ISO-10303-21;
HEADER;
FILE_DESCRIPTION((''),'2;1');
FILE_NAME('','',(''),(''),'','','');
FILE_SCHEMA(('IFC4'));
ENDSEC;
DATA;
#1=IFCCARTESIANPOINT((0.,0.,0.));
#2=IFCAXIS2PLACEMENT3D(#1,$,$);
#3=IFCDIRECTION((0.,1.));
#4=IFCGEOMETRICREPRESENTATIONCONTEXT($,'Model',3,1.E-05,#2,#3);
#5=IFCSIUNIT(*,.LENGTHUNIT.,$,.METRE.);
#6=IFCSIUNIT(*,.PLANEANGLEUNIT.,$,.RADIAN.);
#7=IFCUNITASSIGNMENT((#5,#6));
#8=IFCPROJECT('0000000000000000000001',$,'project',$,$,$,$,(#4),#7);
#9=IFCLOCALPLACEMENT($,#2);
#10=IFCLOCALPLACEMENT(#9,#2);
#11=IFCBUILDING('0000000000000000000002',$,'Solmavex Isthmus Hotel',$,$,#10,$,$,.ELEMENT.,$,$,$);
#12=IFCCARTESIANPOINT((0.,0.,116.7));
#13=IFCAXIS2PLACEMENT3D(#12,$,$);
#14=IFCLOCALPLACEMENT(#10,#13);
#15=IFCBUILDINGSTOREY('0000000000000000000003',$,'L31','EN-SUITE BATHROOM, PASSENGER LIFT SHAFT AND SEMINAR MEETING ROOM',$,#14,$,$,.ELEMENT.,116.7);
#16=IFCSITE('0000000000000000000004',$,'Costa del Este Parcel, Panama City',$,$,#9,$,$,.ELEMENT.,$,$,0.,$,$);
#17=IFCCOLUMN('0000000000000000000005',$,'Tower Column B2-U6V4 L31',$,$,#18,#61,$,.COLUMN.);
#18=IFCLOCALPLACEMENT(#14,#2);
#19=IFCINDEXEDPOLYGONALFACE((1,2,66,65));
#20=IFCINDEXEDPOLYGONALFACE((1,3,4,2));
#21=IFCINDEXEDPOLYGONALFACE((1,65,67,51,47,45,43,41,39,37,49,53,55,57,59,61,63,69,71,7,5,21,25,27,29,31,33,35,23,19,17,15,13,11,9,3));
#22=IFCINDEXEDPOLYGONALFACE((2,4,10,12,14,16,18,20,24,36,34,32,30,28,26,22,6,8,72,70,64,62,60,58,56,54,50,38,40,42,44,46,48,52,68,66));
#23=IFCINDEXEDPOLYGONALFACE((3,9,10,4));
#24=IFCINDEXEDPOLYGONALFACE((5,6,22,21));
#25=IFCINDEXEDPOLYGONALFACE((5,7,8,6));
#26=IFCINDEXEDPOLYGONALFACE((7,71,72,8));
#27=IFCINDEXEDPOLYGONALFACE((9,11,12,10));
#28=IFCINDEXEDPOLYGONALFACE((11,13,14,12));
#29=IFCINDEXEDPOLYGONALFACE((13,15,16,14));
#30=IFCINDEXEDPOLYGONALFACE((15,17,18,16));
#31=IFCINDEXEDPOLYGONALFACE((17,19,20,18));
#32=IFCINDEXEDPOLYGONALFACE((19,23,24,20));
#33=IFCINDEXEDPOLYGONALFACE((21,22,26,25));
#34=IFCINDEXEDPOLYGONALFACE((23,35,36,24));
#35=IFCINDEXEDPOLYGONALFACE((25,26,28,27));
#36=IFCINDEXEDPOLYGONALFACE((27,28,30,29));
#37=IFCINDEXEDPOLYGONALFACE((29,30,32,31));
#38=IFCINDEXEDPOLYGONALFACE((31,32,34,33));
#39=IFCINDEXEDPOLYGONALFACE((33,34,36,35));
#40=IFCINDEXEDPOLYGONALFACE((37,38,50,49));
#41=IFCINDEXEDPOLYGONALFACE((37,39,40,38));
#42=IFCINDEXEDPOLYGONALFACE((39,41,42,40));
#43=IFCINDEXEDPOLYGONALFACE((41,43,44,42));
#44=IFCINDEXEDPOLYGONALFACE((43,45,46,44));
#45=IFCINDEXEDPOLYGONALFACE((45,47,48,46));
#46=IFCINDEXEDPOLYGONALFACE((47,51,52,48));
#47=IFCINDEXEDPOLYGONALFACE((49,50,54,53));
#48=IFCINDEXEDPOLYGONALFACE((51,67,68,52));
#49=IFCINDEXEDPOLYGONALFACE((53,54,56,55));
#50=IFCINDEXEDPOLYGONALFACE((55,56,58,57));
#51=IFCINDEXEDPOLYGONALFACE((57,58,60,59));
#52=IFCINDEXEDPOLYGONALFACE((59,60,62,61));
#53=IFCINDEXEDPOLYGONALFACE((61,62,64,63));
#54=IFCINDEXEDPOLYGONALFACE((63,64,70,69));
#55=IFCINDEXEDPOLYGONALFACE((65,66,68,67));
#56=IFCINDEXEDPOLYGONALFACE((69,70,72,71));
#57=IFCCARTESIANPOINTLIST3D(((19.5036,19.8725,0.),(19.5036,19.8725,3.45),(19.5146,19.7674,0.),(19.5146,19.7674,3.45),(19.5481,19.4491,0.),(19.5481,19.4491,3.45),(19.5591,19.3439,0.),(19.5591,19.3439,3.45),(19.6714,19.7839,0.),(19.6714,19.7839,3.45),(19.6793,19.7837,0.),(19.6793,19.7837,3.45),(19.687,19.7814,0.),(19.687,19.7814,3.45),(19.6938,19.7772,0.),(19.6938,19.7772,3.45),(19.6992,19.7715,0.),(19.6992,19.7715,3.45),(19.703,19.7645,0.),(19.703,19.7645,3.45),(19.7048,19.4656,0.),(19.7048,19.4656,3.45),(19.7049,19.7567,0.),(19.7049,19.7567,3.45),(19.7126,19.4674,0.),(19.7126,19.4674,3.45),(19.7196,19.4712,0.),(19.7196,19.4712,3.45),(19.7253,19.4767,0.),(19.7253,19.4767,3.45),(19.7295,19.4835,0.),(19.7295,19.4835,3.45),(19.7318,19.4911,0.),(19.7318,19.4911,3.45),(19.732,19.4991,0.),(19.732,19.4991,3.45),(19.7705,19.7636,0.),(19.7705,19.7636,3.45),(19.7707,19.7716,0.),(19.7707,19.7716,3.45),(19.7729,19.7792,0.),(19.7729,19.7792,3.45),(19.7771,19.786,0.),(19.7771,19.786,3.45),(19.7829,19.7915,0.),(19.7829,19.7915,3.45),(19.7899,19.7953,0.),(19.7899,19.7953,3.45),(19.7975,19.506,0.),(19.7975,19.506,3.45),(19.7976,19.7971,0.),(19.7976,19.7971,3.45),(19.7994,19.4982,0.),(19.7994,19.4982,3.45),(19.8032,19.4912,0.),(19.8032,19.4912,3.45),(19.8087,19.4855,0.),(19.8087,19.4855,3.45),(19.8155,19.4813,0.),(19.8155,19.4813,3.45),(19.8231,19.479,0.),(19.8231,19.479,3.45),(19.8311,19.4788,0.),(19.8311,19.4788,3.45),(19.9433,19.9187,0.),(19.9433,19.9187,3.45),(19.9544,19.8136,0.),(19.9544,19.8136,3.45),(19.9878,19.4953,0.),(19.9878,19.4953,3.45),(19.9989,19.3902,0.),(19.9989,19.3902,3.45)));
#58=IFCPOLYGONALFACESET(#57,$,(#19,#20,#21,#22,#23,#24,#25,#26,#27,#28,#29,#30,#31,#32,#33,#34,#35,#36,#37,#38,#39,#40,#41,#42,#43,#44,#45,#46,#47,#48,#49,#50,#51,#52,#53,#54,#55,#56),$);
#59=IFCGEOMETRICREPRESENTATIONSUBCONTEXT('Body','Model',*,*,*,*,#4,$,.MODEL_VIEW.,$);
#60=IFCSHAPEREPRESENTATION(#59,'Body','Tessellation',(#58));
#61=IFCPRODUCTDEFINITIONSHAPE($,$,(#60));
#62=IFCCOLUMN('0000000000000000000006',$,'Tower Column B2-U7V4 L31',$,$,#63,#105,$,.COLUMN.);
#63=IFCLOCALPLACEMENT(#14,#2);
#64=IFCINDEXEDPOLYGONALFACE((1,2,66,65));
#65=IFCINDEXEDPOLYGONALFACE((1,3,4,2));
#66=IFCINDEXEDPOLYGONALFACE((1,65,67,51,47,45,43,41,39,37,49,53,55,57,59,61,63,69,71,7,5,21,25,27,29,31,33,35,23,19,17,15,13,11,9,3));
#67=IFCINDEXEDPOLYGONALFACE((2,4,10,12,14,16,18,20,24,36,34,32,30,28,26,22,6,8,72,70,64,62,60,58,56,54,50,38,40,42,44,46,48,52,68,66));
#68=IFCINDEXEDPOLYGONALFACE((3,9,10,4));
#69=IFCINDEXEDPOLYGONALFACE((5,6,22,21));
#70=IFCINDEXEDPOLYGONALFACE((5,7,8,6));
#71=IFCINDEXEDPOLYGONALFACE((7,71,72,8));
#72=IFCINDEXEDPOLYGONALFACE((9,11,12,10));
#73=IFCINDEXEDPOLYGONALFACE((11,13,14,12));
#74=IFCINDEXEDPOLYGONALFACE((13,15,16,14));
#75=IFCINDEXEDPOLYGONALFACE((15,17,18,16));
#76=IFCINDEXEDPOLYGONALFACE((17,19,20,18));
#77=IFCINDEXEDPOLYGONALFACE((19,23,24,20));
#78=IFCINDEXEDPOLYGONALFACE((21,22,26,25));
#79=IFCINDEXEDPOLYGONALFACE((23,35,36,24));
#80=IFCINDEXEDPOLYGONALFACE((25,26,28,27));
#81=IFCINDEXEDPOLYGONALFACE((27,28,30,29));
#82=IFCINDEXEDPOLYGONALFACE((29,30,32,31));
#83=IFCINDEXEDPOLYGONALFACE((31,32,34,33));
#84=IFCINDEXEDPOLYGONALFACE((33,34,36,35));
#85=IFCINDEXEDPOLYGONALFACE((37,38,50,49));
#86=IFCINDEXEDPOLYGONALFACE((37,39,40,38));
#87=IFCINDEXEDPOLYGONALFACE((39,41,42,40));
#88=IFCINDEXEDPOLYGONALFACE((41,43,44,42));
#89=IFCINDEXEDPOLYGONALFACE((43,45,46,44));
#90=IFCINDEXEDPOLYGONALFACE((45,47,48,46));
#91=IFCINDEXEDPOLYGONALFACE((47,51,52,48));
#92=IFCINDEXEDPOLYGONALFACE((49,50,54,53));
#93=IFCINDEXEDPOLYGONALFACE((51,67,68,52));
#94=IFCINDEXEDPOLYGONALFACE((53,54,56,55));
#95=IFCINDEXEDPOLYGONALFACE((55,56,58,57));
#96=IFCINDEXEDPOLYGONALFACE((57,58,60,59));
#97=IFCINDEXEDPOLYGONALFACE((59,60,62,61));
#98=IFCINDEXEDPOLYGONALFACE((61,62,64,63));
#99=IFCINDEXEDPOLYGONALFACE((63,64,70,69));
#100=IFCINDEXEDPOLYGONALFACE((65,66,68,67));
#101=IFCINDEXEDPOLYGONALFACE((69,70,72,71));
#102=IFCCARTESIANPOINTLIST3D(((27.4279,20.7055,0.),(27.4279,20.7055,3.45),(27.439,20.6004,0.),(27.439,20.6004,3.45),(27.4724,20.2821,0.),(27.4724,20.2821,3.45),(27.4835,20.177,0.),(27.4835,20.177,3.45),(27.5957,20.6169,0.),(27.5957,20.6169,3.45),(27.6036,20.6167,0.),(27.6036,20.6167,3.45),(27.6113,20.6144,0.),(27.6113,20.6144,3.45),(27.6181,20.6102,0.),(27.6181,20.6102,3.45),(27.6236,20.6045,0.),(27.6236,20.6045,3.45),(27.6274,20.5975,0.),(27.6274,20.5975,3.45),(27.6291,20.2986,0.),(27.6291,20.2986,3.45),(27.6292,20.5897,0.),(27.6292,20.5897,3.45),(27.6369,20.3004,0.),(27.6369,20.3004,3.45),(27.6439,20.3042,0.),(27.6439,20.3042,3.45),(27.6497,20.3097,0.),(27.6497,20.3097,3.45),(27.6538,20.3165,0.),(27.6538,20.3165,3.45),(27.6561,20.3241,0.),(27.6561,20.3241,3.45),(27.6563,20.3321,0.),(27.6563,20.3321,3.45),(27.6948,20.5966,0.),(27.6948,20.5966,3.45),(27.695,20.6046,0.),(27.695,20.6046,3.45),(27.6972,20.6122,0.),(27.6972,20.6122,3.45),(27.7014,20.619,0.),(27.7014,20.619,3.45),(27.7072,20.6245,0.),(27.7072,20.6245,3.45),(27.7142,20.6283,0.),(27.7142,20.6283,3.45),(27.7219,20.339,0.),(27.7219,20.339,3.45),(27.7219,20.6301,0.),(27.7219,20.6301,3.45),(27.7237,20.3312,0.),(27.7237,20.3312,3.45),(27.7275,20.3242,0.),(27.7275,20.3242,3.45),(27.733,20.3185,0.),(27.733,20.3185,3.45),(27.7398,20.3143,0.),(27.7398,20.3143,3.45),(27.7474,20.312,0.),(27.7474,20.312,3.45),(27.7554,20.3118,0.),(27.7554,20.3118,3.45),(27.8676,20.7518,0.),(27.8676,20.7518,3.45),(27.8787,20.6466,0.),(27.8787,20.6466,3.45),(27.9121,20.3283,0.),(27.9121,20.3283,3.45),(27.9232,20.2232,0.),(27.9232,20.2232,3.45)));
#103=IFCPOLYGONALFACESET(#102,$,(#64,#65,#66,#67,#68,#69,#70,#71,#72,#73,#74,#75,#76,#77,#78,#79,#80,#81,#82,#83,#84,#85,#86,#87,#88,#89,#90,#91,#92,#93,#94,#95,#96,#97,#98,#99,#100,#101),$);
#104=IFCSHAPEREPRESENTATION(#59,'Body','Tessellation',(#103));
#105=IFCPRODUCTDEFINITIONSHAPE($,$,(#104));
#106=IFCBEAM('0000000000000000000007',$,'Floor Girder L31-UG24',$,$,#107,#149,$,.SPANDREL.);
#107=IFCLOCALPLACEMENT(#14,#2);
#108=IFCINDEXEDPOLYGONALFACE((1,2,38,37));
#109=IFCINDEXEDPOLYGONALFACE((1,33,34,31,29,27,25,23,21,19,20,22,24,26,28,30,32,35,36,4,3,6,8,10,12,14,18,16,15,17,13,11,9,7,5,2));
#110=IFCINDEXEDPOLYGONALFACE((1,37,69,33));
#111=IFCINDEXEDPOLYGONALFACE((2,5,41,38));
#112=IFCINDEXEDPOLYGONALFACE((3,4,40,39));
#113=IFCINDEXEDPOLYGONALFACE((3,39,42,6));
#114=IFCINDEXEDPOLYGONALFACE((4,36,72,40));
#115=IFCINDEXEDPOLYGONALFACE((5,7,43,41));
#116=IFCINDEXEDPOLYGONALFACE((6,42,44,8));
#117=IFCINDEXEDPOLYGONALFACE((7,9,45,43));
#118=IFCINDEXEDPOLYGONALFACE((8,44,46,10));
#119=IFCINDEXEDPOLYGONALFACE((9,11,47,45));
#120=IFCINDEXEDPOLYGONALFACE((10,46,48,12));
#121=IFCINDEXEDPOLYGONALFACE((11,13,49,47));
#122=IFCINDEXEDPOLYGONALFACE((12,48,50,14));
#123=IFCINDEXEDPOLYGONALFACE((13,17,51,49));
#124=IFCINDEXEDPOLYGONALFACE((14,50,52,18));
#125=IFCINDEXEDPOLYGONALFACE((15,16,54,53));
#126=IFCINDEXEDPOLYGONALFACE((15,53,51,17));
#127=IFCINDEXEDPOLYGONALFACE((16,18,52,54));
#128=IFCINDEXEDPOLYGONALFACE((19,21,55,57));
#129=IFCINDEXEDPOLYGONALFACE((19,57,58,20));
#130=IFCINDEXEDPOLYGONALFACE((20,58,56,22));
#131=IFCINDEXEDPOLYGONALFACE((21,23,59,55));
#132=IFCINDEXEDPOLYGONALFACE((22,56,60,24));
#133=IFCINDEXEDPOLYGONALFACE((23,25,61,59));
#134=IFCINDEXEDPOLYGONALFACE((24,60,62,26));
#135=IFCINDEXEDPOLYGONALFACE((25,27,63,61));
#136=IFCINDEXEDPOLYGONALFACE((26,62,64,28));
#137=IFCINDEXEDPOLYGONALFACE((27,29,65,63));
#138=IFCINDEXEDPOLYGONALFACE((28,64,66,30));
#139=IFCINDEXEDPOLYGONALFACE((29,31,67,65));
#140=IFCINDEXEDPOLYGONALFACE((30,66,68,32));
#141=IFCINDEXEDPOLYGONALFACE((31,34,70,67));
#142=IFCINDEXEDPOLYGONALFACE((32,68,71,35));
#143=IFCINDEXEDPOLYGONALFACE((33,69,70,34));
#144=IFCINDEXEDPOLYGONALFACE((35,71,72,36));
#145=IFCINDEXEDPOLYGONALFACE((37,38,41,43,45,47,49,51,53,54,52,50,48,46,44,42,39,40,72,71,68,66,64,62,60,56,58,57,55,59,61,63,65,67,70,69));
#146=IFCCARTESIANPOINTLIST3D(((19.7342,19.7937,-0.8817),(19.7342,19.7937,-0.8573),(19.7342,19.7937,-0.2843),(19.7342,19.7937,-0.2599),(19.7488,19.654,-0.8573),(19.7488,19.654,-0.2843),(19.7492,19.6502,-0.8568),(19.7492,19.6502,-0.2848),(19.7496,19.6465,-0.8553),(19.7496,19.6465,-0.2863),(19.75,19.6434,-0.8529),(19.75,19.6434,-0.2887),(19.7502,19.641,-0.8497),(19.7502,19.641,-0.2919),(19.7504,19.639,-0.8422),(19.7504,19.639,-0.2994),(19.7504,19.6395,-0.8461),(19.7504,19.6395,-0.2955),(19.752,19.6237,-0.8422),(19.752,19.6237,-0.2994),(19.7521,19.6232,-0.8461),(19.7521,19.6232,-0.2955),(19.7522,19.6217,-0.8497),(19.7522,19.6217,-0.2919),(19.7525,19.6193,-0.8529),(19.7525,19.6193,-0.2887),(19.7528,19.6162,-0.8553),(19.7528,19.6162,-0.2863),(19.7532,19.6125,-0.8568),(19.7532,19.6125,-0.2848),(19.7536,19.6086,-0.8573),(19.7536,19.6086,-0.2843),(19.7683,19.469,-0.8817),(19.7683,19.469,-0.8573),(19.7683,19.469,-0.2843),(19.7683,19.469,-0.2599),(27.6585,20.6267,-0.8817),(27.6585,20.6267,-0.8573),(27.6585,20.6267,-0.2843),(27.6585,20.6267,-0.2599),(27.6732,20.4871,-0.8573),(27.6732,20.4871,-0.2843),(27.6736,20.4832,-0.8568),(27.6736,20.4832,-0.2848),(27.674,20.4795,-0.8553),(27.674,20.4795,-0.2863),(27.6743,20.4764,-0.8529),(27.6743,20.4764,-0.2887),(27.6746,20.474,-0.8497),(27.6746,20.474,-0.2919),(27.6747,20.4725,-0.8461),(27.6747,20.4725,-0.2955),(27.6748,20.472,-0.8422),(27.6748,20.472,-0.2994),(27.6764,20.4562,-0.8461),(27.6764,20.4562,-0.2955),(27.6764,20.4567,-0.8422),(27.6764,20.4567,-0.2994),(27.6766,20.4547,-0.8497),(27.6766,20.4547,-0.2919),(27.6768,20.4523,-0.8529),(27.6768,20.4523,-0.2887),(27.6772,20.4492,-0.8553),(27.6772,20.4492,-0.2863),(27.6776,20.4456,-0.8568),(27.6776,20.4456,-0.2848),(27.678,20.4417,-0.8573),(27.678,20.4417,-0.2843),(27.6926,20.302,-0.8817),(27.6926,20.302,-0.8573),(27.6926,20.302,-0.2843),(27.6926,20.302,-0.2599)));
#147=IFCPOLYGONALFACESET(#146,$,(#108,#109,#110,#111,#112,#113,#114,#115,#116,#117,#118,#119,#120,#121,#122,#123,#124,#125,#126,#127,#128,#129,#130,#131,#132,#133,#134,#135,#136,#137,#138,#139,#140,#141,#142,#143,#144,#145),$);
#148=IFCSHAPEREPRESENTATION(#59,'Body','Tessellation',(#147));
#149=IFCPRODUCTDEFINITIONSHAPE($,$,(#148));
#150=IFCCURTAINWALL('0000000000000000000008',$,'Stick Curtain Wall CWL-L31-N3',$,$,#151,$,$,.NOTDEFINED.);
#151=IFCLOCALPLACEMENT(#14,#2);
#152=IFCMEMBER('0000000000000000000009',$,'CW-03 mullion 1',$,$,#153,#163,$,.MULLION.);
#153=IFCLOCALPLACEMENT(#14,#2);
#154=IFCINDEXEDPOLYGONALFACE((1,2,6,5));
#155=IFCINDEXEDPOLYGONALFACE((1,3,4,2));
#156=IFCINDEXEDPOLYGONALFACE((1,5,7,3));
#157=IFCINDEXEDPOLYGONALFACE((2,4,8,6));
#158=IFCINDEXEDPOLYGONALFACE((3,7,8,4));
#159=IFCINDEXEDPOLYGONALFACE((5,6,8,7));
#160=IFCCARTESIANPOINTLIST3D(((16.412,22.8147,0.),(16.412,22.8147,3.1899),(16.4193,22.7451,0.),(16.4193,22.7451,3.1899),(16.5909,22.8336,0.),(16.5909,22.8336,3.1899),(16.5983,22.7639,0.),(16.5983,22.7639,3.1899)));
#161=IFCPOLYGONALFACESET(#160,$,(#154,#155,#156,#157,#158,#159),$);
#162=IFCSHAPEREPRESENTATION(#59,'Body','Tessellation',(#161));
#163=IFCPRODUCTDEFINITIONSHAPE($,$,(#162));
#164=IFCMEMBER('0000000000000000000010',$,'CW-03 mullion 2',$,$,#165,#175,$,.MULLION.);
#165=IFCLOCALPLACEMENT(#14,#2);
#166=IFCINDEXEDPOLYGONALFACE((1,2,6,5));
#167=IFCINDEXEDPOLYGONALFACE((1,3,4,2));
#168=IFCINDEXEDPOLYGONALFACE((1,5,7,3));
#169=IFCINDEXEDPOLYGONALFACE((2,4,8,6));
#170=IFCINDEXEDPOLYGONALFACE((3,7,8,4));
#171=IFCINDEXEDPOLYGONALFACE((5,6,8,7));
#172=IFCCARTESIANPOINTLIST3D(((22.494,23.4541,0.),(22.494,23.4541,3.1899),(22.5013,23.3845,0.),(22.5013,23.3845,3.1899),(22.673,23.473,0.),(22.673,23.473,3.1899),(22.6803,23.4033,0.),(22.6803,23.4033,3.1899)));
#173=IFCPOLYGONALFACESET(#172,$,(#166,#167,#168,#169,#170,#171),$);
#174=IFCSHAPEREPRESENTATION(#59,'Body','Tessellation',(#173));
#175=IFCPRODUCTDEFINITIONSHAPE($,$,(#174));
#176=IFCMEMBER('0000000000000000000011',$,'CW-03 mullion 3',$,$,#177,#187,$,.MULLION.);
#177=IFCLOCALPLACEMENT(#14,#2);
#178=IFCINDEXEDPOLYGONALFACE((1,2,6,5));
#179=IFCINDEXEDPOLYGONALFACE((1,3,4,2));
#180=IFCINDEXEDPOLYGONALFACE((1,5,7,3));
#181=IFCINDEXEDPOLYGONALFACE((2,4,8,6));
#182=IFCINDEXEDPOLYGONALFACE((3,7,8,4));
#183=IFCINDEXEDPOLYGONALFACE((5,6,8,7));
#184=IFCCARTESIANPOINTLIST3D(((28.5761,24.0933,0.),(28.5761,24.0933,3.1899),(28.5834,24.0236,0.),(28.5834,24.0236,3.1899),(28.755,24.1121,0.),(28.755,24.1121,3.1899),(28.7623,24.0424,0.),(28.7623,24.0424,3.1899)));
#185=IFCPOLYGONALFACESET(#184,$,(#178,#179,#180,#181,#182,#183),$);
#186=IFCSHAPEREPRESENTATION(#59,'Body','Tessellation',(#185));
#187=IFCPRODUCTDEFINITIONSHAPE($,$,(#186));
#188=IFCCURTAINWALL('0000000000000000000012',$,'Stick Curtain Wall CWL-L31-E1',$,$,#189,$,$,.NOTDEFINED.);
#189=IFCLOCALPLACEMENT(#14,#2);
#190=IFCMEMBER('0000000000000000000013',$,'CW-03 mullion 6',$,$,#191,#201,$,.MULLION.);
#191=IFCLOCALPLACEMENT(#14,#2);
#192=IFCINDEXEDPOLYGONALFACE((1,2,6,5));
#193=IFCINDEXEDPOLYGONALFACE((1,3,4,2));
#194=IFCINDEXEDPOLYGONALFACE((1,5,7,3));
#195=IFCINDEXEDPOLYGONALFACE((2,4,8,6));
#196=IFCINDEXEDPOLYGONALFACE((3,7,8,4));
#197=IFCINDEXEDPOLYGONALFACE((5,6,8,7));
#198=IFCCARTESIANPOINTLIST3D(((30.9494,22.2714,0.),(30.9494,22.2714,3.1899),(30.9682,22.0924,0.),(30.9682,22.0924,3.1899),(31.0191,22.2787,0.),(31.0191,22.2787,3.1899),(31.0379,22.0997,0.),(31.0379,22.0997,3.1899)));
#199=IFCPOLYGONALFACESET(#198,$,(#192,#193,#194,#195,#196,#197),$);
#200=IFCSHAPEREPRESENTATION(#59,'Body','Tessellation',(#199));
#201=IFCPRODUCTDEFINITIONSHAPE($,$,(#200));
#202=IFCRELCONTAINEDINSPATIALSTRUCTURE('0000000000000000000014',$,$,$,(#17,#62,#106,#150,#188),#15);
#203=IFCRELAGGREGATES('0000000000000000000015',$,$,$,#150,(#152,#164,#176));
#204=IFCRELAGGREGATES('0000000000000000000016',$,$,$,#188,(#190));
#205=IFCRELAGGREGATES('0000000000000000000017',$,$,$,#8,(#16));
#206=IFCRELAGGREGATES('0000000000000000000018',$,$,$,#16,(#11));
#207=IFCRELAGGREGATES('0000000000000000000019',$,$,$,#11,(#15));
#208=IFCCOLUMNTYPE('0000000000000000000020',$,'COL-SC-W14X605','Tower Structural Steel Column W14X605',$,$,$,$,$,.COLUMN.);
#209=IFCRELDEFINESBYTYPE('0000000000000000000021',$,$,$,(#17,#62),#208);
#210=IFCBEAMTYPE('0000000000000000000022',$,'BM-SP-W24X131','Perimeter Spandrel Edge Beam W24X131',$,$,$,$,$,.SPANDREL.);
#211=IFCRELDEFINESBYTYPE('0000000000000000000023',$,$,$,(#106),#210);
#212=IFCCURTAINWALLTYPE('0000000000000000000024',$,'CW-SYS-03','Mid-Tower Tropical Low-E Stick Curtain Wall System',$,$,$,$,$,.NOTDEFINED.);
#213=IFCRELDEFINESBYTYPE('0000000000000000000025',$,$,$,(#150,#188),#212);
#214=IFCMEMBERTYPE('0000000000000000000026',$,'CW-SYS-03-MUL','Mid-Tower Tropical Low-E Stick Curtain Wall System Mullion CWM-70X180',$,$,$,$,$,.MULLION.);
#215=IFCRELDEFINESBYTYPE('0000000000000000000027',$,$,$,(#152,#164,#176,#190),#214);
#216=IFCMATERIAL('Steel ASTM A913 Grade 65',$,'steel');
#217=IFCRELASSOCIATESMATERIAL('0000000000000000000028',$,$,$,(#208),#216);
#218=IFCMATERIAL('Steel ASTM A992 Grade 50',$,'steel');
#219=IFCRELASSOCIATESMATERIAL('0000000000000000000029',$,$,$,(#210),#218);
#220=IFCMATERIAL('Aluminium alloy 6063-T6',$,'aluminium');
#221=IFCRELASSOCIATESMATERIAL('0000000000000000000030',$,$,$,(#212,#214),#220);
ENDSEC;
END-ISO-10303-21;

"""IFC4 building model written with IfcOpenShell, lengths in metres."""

from ifc_helpers import new_model, si_unit, direction, frame, origin, origin_2d, place, context, subcontext, project, spatial, rectangle, i_section, extrude, material, material_profile, profile_set, type_object, element, aggregate, save


model = new_model("IFC4")

# Units and contexts
model_context = context("Model", 3, precision=1e-05, world=origin(), true_north=direction((0.0, 1.0)))
body_context = subcontext(model_context, "Body", "Model", "MODEL_VIEW")
ifc_project = project(units=[si_unit("LENGTHUNIT", "METRE"), si_unit("PLANEANGLEUNIT", "RADIAN")], contexts=[model_context])

# Site, building, storey
site_placement = place(None, origin())
site = spatial("IfcSite", under=ifc_project, at=site_placement, Name="Costa del Este Parcel, Panama City", CompositionType="ELEMENT", RefElevation=0.0)
building_placement = place(site_placement, origin())
building = spatial("IfcBuilding", under=site, at=building_placement, Name="Solmavex Isthmus Hotel", CompositionType="ELEMENT")
storey_placement = place(building_placement, frame((0.0, 0.0, 116.7)))
storey = spatial("IfcBuildingStorey", under=building, at=storey_placement, Name="L31", Description="EN-SUITE BATHROOM, PASSENGER LIFT SHAFT AND SEMINAR MEETING ROOM", CompositionType="ELEMENT", Elevation=116.7)

# Columns
ifc_material_1 = material(Name="Steel ASTM A913 Grade 65", Category="steel")
ifc_material_profile_1 = material_profile(ifc_material_1, i_section(OverallWidth=0.4421, OverallDepth=0.5315, WebThickness=0.0659, FlangeThickness=0.1057, FilletRadius=0.0305, at=origin_2d()), Name="W14X605")
ifc_profile_set_1 = profile_set([ifc_material_profile_1], Name="Steel ASTM A913 Grade 65")
column_type = type_object("IfcColumnType", Name="COL-SC-W14X605", Description="Tower Structural Steel Column W14X605", PredefinedType="COLUMN", material=ifc_profile_set_1)
for number, where, z_axis, x_axis, name in (
    (1, (19.7512, 19.6313, 0.0), (0.0, 0.0, 1.0), (0.994522, 0.104528, 0.0), "Tower Column B2-U6V4 L31"),
    (2, (27.6755, 20.4644, 0.0), (0.0, 0.0, 1.0), (0.994522, 0.104528, 0.0), "Tower Column B2-U7V4 L31"),
):
    element("IfcColumn", number, at=place(storey_placement, frame(where, z_axis=z_axis, x_axis=x_axis)), inside=storey, type_object=column_type, Name=name, PredefinedType="COLUMN", context=body_context, shape_type="SweptSolid", body=[
        extrude(i_section(OverallWidth=0.4421, OverallDepth=0.5315, WebThickness=0.0659, FlangeThickness=0.1057, FilletRadius=0.0305, at=origin_2d()), origin(), (0.0, 0.0, 1.0), 3.45),
    ])

# Beam
ifc_material_2 = material(Name="Steel ASTM A992 Grade 50", Category="steel")
ifc_material_profile_2 = material_profile(ifc_material_2, i_section(OverallWidth=0.3264, OverallDepth=0.6218, WebThickness=0.0154, FlangeThickness=0.0244, FilletRadius=0.0151, at=origin_2d()), Name="W24X131")
ifc_profile_set_2 = profile_set([ifc_material_profile_2], Name="Steel ASTM A992 Grade 50")
beam_type = type_object("IfcBeamType", Name="BM-SP-W24X131", Description="Perimeter Spandrel Edge Beam W24X131", PredefinedType="SPANDREL", material=ifc_profile_set_2)
beam_placement = place(storey_placement, frame((19.7512, 19.6313, -0.5708), z_axis=(0.99452, 0.104544, 0.0), x_axis=(-0.104544, 0.99452, 0.0)))
element("IfcBeam", 3, at=beam_placement, inside=storey, type_object=beam_type, Name="Floor Girder L31-UG24", PredefinedType="SPANDREL", context=body_context, shape_type="SweptSolid", body=[
    extrude(i_section(OverallWidth=0.3264, OverallDepth=0.6218, WebThickness=0.0154, FlangeThickness=0.0244, FilletRadius=0.0151, at=origin_2d()), origin(), (0.0, 0.0, 1.0), 7.968),
])

# Curtain wall, members
ifc_material_3 = material(Name="Aluminium alloy 6063-T6", Category="aluminium")
curtain_wall_type = type_object("IfcCurtainWallType", Name="CW-SYS-03", Description="Mid-Tower Tropical Low-E Stick Curtain Wall System", PredefinedType="NOTDEFINED", material=ifc_material_3)
curtain_wall_1_placement = place(storey_placement, origin())
curtain_wall_1 = element("IfcCurtainWall", 4, at=curtain_wall_1_placement, inside=storey, type_object=curtain_wall_type, Name="Stick Curtain Wall CWL-L31-N3", PredefinedType="NOTDEFINED")
ifc_material_profile_3 = material_profile(ifc_material_3, rectangle(XDim=0.0701, YDim=0.1799, at=origin_2d()), Name="CWM-70X180")
ifc_profile_set_3 = profile_set([ifc_material_profile_3], Name="Aluminium alloy 6063-T6")
member_type_1 = type_object("IfcMemberType", Name="CW-SYS-03-MUL", Description="Mid-Tower Tropical Low-E Stick Curtain Wall System Mullion CWM-70X180", PredefinedType="MULLION", material=ifc_profile_set_3)
member_1_placement = place(storey_placement, frame((16.5051, 22.7893, 0.0), z_axis=(0.0, 0.0, 1.0), x_axis=(-0.104528, 0.994522, 0.0)))
member_1 = element("IfcMember", 5, at=member_1_placement, type_object=member_type_1, Name="CW-03 mullion 1", PredefinedType="MULLION", context=body_context, shape_type="SweptSolid", body=[
    extrude(rectangle(XDim=0.0701, YDim=0.1799, at=origin_2d()), origin(), (0.0, 0.0, 1.0), 3.1899),
])
member_2_placement = place(storey_placement, frame((22.5872, 23.4287, 0.0), z_axis=(0.0, 0.0, 1.0), x_axis=(-0.104528, 0.994522, 0.0)))
member_2 = element("IfcMember", 6, at=member_2_placement, type_object=member_type_1, Name="CW-03 mullion 2", PredefinedType="MULLION", context=body_context, shape_type="SweptSolid", body=[
    extrude(rectangle(XDim=0.0701, YDim=0.1799, at=origin_2d()), origin(), (0.0, 0.0, 1.0), 3.1899),
])
member_3_placement = place(storey_placement, frame((28.6692, 24.0679, 0.0), z_axis=(0.0, 0.0, 1.0), x_axis=(-0.104528, 0.994522, 0.0)))
member_3 = element("IfcMember", 7, at=member_3_placement, type_object=member_type_1, Name="CW-03 mullion 3", PredefinedType="MULLION", context=body_context, shape_type="SweptSolid", body=[
    extrude(rectangle(XDim=0.0701, YDim=0.1799, at=origin_2d()), origin(), (0.0, 0.0, 1.0), 3.1899),
])

# Curtain wall, member
curtain_wall_2_placement = place(storey_placement, origin())
curtain_wall_2 = element("IfcCurtainWall", 8, at=curtain_wall_2_placement, inside=storey, type_object=curtain_wall_type, Name="Stick Curtain Wall CWL-L31-E1", PredefinedType="NOTDEFINED")
member_4_placement = place(storey_placement, frame((30.9937, 22.1855, 0.0), z_axis=(0.0, 0.0, 1.0), x_axis=(-0.994522, -0.104528, 0.0)))
member_4 = element("IfcMember", 9, at=member_4_placement, type_object=member_type_1, Name="CW-03 mullion 6", PredefinedType="MULLION", context=body_context, shape_type="SweptSolid", body=[
    extrude(rectangle(XDim=0.0701, YDim=0.1799, at=origin_2d()), origin(), (0.0, 0.0, 1.0), 3.1899),
])

aggregate(curtain_wall_1, [member_1, member_2, member_3])
aggregate(curtain_wall_2, [member_4])

save(model, "model.ifc")
